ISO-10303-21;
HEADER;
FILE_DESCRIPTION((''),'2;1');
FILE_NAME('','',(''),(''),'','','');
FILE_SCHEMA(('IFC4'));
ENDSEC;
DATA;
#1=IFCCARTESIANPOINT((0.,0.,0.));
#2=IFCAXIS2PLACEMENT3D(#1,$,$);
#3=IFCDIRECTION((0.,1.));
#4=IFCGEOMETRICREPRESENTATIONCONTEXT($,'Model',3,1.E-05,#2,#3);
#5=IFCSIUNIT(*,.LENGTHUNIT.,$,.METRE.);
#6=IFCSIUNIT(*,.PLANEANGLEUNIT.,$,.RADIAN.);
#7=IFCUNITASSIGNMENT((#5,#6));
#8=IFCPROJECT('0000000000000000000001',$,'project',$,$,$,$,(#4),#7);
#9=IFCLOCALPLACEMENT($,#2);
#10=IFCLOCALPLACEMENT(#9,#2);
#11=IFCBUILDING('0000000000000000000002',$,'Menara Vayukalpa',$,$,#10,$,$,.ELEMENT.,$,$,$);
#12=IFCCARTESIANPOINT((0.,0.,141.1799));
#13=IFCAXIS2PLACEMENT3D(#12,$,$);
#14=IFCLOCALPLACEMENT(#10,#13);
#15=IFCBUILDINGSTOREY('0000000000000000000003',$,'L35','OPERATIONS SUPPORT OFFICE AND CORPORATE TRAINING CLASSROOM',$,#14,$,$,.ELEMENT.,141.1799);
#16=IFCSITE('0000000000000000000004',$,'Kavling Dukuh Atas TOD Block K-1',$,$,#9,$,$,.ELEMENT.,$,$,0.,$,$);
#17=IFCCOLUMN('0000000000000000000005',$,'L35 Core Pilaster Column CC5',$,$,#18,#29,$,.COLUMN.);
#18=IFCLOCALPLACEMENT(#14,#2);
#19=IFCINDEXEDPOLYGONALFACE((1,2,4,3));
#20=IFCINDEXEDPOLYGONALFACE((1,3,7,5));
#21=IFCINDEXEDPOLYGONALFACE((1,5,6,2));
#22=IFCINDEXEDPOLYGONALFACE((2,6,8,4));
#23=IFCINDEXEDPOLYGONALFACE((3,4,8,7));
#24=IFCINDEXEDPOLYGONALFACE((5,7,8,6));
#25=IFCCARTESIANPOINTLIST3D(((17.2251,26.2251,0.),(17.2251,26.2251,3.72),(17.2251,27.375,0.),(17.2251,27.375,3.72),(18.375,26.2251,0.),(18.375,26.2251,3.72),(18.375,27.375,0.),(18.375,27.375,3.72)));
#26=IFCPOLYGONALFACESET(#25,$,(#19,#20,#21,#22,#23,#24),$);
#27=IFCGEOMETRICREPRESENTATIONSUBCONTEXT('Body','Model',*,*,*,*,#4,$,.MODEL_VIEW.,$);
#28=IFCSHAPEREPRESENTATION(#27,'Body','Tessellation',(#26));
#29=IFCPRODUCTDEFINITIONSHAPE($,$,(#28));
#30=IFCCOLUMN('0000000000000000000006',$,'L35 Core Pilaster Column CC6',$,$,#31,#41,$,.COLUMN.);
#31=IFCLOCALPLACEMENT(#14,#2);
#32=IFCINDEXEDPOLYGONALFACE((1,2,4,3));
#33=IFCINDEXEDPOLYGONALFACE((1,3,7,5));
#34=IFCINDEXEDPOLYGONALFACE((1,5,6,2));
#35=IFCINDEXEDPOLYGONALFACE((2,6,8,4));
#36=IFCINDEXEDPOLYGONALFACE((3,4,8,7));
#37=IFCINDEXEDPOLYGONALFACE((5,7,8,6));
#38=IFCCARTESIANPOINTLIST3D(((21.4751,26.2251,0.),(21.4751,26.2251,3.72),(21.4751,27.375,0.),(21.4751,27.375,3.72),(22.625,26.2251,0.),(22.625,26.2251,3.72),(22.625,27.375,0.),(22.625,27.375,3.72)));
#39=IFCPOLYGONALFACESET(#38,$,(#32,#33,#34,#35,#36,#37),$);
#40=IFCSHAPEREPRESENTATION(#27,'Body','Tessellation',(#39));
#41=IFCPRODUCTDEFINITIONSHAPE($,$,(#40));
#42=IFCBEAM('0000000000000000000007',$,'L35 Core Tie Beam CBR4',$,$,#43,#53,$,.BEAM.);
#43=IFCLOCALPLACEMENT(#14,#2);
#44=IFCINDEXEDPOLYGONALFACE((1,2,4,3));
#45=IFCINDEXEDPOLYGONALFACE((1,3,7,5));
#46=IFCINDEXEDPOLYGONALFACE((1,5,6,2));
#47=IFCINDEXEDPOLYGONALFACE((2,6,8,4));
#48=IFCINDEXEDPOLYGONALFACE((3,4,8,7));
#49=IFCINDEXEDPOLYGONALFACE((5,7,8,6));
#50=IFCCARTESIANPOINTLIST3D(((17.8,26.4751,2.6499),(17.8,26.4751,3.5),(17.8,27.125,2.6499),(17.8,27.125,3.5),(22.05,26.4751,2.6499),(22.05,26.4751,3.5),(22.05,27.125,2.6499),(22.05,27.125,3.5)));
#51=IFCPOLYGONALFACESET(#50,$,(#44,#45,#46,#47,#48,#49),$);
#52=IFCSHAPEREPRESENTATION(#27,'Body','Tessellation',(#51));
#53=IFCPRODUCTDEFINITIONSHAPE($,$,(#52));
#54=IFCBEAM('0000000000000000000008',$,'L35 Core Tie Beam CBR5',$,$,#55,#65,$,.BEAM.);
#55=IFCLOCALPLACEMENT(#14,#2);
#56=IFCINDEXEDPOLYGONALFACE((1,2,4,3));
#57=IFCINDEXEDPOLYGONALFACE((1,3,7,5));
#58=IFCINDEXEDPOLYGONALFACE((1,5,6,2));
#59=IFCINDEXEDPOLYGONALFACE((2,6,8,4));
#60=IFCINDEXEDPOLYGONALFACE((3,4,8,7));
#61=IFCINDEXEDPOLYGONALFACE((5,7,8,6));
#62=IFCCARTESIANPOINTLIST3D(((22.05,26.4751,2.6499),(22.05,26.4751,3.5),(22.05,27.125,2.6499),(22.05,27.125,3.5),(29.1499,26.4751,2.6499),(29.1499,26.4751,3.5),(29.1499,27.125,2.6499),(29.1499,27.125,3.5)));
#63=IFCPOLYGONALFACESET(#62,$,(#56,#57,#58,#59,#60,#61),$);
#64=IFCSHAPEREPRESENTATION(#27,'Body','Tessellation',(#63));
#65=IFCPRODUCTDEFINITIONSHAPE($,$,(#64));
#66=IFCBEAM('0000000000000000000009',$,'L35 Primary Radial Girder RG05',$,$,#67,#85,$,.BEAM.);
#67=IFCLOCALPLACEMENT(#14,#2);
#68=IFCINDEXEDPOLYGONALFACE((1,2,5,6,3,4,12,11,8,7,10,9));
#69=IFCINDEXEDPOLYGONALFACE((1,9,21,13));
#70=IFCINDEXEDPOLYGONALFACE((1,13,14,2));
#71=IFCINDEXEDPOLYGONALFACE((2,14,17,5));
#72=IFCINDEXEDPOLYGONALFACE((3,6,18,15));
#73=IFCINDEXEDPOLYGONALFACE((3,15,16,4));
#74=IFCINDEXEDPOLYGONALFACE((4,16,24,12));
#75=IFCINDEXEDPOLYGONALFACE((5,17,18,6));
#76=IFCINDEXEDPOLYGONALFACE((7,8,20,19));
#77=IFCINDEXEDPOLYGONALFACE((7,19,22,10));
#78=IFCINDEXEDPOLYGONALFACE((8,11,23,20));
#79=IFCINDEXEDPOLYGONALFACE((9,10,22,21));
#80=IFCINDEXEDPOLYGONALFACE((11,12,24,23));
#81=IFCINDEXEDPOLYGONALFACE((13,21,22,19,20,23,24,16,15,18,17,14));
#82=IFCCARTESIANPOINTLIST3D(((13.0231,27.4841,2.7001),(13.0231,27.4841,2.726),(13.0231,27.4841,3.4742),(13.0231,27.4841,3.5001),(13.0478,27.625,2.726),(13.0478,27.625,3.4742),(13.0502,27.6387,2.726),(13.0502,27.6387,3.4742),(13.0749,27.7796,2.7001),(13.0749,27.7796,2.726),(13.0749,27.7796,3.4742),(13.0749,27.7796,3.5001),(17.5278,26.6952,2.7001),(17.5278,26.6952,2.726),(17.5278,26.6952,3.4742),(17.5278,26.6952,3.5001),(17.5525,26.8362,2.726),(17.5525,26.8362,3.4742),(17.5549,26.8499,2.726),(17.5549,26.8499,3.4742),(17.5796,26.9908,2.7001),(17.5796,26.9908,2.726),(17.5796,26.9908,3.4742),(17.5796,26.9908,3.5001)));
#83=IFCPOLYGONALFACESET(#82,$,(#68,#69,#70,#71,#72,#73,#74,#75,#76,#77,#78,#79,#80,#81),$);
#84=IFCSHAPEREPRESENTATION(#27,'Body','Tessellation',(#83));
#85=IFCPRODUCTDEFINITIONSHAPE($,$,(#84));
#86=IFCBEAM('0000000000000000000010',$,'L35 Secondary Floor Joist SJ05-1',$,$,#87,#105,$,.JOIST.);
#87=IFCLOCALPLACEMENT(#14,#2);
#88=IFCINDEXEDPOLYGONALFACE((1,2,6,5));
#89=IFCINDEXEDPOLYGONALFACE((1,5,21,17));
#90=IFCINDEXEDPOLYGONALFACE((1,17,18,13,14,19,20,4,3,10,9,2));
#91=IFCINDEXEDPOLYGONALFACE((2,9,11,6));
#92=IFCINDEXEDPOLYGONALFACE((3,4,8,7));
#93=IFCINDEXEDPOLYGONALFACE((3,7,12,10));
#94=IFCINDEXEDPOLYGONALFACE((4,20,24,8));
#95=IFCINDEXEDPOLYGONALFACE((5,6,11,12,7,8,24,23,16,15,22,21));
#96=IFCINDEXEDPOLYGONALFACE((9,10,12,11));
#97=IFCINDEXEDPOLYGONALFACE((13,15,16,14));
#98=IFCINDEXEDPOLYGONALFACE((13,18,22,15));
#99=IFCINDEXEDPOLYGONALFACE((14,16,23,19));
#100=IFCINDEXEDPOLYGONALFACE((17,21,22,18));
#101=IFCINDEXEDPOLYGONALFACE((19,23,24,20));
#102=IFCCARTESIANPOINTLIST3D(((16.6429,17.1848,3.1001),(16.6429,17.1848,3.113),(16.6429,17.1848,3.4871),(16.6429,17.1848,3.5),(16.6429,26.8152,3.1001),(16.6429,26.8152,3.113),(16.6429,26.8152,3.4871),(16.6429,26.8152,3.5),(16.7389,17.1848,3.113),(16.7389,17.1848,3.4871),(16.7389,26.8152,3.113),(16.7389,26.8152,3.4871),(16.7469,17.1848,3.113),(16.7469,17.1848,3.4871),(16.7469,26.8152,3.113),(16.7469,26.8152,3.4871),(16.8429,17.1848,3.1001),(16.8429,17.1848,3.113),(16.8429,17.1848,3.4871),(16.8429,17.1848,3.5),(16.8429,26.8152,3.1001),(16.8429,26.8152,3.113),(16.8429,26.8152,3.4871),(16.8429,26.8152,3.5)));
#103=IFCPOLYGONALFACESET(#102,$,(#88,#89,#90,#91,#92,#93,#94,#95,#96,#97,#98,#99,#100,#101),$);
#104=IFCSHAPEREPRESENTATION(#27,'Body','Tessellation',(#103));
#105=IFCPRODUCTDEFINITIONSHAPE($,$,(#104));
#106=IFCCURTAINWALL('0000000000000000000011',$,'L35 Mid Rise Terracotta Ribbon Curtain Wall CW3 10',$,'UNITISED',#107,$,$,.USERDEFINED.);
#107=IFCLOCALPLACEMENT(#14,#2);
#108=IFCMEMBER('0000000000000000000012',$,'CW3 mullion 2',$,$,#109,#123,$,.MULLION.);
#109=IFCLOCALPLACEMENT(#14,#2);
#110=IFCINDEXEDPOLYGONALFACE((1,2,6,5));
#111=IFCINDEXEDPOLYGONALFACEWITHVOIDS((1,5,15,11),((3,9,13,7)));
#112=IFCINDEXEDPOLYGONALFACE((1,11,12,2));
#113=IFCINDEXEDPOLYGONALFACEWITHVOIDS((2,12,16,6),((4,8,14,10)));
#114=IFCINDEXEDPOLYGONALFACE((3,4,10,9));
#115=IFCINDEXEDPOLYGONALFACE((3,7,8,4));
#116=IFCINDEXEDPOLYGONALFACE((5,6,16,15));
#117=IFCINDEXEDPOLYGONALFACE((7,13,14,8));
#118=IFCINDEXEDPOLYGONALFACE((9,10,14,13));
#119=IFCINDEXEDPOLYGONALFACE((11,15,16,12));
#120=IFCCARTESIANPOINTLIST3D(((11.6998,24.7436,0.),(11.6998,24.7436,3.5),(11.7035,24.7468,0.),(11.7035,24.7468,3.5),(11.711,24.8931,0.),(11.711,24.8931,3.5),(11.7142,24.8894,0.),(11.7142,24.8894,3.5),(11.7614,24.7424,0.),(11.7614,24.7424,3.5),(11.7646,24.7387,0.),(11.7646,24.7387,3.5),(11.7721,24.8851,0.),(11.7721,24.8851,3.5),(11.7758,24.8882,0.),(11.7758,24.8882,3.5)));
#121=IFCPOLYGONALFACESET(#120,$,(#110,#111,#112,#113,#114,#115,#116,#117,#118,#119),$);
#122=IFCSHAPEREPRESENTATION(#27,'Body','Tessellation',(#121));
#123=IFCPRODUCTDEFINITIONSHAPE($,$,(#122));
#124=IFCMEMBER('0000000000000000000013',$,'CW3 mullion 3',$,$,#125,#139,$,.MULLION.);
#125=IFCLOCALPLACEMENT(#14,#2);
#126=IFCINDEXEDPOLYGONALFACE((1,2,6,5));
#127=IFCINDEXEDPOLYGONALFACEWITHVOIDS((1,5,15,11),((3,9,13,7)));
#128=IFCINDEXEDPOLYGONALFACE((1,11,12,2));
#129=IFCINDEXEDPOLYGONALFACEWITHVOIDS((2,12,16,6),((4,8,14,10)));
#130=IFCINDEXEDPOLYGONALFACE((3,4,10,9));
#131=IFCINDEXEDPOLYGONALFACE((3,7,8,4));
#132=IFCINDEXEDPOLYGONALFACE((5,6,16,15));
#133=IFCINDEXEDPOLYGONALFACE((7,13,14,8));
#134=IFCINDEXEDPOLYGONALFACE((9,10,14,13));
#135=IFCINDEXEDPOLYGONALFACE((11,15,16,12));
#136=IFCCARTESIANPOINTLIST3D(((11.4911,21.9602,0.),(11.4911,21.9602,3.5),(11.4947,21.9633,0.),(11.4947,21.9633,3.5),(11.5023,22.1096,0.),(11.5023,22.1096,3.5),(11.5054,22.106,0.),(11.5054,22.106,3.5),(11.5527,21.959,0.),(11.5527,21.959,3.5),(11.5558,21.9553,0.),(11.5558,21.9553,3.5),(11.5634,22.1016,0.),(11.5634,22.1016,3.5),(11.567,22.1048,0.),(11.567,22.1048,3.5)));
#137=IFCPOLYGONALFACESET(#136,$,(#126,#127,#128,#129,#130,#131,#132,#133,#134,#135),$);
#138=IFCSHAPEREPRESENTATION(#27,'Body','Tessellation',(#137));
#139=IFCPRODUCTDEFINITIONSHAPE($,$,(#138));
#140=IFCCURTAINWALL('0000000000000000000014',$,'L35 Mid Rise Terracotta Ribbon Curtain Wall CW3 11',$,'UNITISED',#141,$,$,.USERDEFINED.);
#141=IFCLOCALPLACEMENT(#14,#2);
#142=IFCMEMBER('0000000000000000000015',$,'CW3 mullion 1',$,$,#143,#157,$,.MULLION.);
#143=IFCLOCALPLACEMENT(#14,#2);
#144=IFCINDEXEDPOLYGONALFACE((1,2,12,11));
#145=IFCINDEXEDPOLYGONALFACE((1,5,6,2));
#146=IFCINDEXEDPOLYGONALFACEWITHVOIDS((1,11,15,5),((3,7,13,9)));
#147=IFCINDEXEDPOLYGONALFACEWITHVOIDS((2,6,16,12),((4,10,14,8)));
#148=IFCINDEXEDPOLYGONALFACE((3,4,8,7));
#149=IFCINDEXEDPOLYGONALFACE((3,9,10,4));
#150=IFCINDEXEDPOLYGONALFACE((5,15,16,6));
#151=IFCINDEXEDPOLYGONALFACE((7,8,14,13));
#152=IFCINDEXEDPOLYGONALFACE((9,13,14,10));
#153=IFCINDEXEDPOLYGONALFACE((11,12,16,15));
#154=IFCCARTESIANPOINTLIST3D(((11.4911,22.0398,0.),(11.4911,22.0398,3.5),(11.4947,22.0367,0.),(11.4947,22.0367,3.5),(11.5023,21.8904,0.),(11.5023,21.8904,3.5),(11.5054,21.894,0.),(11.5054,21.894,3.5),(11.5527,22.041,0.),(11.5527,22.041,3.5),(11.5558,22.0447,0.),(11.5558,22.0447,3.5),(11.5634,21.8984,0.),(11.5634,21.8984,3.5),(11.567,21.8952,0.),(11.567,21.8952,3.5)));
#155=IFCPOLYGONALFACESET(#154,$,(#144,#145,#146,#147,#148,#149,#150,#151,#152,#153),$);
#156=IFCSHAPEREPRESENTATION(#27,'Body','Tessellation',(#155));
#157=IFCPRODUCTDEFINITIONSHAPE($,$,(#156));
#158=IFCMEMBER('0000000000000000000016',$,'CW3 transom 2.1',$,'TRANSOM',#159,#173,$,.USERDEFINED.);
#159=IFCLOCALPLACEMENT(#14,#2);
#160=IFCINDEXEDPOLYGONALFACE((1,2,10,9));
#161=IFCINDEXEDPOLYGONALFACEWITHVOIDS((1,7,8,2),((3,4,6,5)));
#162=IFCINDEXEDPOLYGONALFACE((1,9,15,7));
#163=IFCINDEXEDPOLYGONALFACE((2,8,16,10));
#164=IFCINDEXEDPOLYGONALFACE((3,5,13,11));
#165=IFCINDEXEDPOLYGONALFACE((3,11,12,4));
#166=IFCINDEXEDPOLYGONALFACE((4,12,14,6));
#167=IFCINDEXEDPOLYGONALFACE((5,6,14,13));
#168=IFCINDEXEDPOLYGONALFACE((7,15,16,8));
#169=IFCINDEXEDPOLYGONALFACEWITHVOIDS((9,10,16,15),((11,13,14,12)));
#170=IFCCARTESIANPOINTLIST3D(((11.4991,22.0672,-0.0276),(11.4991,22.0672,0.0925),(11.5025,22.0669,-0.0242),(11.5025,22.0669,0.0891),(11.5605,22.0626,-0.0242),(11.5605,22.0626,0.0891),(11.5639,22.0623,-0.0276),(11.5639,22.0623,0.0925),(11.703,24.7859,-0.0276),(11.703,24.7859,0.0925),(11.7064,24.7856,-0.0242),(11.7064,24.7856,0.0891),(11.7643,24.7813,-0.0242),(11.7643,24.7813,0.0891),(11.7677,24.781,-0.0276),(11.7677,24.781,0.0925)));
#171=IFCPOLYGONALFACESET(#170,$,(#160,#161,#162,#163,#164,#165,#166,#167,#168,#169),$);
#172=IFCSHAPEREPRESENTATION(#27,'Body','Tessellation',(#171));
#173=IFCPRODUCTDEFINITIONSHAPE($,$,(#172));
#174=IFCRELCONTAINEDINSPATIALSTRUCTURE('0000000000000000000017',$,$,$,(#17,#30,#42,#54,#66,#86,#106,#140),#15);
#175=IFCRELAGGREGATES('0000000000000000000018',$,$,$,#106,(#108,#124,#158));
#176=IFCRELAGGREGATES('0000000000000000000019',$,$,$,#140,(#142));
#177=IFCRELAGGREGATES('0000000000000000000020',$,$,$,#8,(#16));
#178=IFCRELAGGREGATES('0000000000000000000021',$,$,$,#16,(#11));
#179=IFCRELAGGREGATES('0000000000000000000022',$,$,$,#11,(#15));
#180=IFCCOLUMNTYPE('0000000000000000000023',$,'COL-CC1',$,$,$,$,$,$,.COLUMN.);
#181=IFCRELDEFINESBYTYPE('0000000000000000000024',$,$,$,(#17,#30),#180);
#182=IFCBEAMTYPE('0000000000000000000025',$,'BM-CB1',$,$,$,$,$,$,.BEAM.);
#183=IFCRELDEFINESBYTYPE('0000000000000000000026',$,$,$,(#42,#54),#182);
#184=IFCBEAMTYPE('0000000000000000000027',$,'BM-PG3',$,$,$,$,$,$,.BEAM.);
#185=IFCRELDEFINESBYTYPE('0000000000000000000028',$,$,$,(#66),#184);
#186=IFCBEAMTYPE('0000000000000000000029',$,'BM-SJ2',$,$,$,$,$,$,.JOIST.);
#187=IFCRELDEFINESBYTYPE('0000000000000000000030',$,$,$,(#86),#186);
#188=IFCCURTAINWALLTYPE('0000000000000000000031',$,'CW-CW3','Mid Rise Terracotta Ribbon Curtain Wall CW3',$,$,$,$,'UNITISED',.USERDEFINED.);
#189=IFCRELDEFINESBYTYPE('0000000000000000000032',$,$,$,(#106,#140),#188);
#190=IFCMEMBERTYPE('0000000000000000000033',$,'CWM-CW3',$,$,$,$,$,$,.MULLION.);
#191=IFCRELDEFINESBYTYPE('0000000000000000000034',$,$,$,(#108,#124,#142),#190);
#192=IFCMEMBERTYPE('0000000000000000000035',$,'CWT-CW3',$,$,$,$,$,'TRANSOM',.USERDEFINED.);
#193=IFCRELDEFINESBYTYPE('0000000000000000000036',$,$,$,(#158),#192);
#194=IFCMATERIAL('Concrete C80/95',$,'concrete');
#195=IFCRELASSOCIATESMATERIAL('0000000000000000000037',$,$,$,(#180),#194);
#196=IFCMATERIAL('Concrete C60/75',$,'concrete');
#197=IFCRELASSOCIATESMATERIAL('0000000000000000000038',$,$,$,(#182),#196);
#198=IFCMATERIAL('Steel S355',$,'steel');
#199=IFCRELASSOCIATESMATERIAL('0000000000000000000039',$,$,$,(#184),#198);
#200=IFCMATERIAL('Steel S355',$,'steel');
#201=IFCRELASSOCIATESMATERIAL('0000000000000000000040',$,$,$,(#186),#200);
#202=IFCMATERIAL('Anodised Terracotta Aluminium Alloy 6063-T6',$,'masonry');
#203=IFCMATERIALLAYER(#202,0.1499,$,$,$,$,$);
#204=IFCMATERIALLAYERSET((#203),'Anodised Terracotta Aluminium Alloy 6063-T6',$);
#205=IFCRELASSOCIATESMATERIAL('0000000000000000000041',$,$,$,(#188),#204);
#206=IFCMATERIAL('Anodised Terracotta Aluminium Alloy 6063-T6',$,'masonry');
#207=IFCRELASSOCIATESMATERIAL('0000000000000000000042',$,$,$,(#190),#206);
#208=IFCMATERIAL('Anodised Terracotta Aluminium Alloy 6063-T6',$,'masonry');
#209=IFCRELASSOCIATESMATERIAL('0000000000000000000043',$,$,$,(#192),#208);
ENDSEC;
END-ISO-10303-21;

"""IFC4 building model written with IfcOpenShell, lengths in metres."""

from ifc_helpers import new_model, si_unit, direction, frame, origin, origin_2d, place, context, subcontext, project, spatial, rectangle, hollow_rectangle, i_section, extrude, material, layer, layer_set, material_profile, profile_set, type_object, element, aggregate, save


model = new_model("IFC4")

# Units and contexts
model_context = context("Model", 3, precision=1e-05, world=origin(), true_north=direction((0.0, 1.0)))
body_context = subcontext(model_context, "Body", "Model", "MODEL_VIEW")
ifc_project = project(units=[si_unit("LENGTHUNIT", "METRE"), si_unit("PLANEANGLEUNIT", "RADIAN")], contexts=[model_context])

# Site, building, storey
site_placement = place(None, origin())
site = spatial("IfcSite", under=ifc_project, at=site_placement, Name="Kavling Dukuh Atas TOD Block K-1", CompositionType="ELEMENT", RefElevation=0.0)
building_placement = place(site_placement, origin())
building = spatial("IfcBuilding", under=site, at=building_placement, Name="Menara Vayukalpa", CompositionType="ELEMENT")
storey_placement = place(building_placement, frame((0.0, 0.0, 141.1799)))
storey = spatial("IfcBuildingStorey", under=building, at=storey_placement, Name="L35", Description="OPERATIONS SUPPORT OFFICE AND CORPORATE TRAINING CLASSROOM", CompositionType="ELEMENT", Elevation=141.1799)

# Columns
ifc_material_1 = material(Name="Concrete C80/95", Category="concrete")
ifc_material_profile_1 = material_profile(ifc_material_1, rectangle(XDim=1.1499, YDim=1.1499, at=origin_2d()), Name="RC 1150x1150")
ifc_profile_set_1 = profile_set([ifc_material_profile_1], Name="Concrete C80/95")
column_type = type_object("IfcColumnType", Name="COL-CC1", PredefinedType="COLUMN", material=ifc_profile_set_1)
for number, where, z_axis, x_axis, name in (
    (1, (17.8, 26.8, 0.0), (0.0, 0.0, 1.0), (1.0, 0.0, 0.0), "L35 Core Pilaster Column CC5"),
    (2, (22.05, 26.8, 0.0), (0.0, 0.0, 1.0), (1.0, 0.0, 0.0), "L35 Core Pilaster Column CC6"),
):
    element("IfcColumn", number, at=place(storey_placement, frame(where, z_axis=z_axis, x_axis=x_axis)), inside=storey, type_object=column_type, Name=name, PredefinedType="COLUMN", context=body_context, shape_type="SweptSolid", body=[
        extrude(rectangle(XDim=1.1499, YDim=1.1499, at=origin_2d()), origin(), (0.0, 0.0, 1.0), 3.72),
    ])

# Beams
ifc_material_2 = material(Name="Concrete C60/75", Category="concrete")
ifc_material_profile_2 = material_profile(ifc_material_2, rectangle(XDim=0.6499, YDim=0.8501, at=origin_2d()), Name="RC 650x850")
ifc_profile_set_2 = profile_set([ifc_material_profile_2], Name="Concrete C60/75")
beam_type_1 = type_object("IfcBeamType", Name="BM-CB1", PredefinedType="BEAM", material=ifc_profile_set_2)
beam_1_placement = place(storey_placement, frame((17.8, 26.8, 3.075), z_axis=(1.0, 0.0, 0.0), x_axis=(0.0, 1.0, 0.0)))
element("IfcBeam", 3, at=beam_1_placement, inside=storey, type_object=beam_type_1, Name="L35 Core Tie Beam CBR4", PredefinedType="BEAM", context=body_context, shape_type="SweptSolid", body=[
    extrude(rectangle(XDim=0.6499, YDim=0.8501, at=origin_2d()), origin(), (0.0, 0.0, 1.0), 4.25),
])
beam_2_placement = place(storey_placement, frame((22.05, 26.8, 3.075), z_axis=(1.0, 0.0, 0.0), x_axis=(0.0, 1.0, 0.0)))
element("IfcBeam", 4, at=beam_2_placement, inside=storey, type_object=beam_type_1, Name="L35 Core Tie Beam CBR5", PredefinedType="BEAM", context=body_context, shape_type="SweptSolid", body=[
    extrude(rectangle(XDim=0.6499, YDim=0.8501, at=origin_2d()), origin(), (0.0, 0.0, 1.0), 7.0999),
])
ifc_material_3 = material(Name="Steel S355", Category="steel")
ifc_material_profile_3 = material_profile(ifc_material_3, i_section(OverallWidth=0.3, OverallDepth=0.8, WebThickness=0.0139, FlangeThickness=0.0259, at=origin_2d()), Name="WF 800x300x14x26")
ifc_profile_set_3 = profile_set([ifc_material_profile_3], Name="Steel S355")
beam_type_2 = type_object("IfcBeamType", Name="BM-PG3", PredefinedType="BEAM", material=ifc_profile_set_3)
beam_3_placement = place(storey_placement, frame((17.5537, 26.843, 3.1001), z_axis=(-0.985012, 0.172488, 0.0), x_axis=(-0.172488, -0.985012, 0.0)))
element("IfcBeam", 5, at=beam_3_placement, inside=storey, type_object=beam_type_2, Name="L35 Primary Radial Girder RG05", PredefinedType="BEAM", context=body_context, shape_type="SweptSolid", body=[
    extrude(i_section(OverallWidth=0.3, OverallDepth=0.8, WebThickness=0.0139, FlangeThickness=0.0259, at=origin_2d()), origin(), (0.0, 0.0, 1.0), 4.5732),
])
ifc_material_4 = material(Name="Steel S355", Category="steel")
ifc_material_profile_4 = material_profile(ifc_material_4, i_section(OverallWidth=0.2, OverallDepth=0.3999, WebThickness=0.0081, FlangeThickness=0.0129, at=origin_2d()), Name="WF 400x200x8x13")
ifc_profile_set_4 = profile_set([ifc_material_profile_4], Name="Steel S355")
beam_type_3 = type_object("IfcBeamType", Name="BM-SJ2", PredefinedType="JOIST", material=ifc_profile_set_4)
beam_4_placement = place(storey_placement, frame((16.7429, 26.8152, 3.3), z_axis=(0.0, -1.0, 0.0), x_axis=(1.0, 0.0, 0.0)))
element("IfcBeam", 6, at=beam_4_placement, inside=storey, type_object=beam_type_3, Name="L35 Secondary Floor Joist SJ05-1", PredefinedType="JOIST", context=body_context, shape_type="SweptSolid", body=[
    extrude(i_section(OverallWidth=0.2, OverallDepth=0.3999, WebThickness=0.0081, FlangeThickness=0.0129, at=origin_2d()), origin(), (0.0, 0.0, 1.0), 9.6304),
])

# Curtain wall, members
ifc_material_5 = material(Name="Anodised Terracotta Aluminium Alloy 6063-T6", Category="masonry")
ifc_layer_1 = layer(ifc_material_5, 0.1499)
ifc_layer_set_1 = layer_set([ifc_layer_1], Name="Anodised Terracotta Aluminium Alloy 6063-T6")
curtain_wall_type = type_object("IfcCurtainWallType", Name="CW-CW3", Description="Mid Rise Terracotta Ribbon Curtain Wall CW3", ElementType="UNITISED", PredefinedType="USERDEFINED", material=ifc_layer_set_1)
curtain_wall_1_placement = place(storey_placement, origin())
curtain_wall_1 = element("IfcCurtainWall", 7, at=curtain_wall_1_placement, inside=storey, type_object=curtain_wall_type, Name="L35 Mid Rise Terracotta Ribbon Curtain Wall CW3 10", ObjectType="UNITISED", PredefinedType="USERDEFINED")
ifc_material_6 = material(Name="Anodised Terracotta Aluminium Alloy 6063-T6", Category="masonry")
ifc_material_profile_5 = material_profile(ifc_material_6, hollow_rectangle(XDim=0.0649, YDim=0.1499, WallThickness=0.0034, at=origin_2d()), Name="ALU 65x150x3.5")
ifc_profile_set_5 = profile_set([ifc_material_profile_5], Name="Anodised Terracotta Aluminium Alloy 6063-T6")
member_type_1 = type_object("IfcMemberType", Name="CWM-CW3", PredefinedType="MULLION", material=ifc_profile_set_5)
member_1_placement = place(storey_placement, frame((11.7378, 24.8159, 0.0), z_axis=(0.0, 0.0, 1.0), x_axis=(0.997199, -0.074793, 0.0)))
member_1 = element("IfcMember", 8, at=member_1_placement, type_object=member_type_1, Name="CW3 mullion 2", PredefinedType="MULLION", context=body_context, shape_type="SweptSolid", body=[
    extrude(hollow_rectangle(XDim=0.0649, YDim=0.1499, WallThickness=0.0034, at=origin_2d()), origin(), (0.0, 0.0, 1.0), 3.5),
])
member_2_placement = place(storey_placement, frame((11.5291, 22.0325, 0.0), z_axis=(0.0, 0.0, 1.0), x_axis=(0.997199, -0.074793, 0.0)))
member_2 = element("IfcMember", 9, at=member_2_placement, type_object=member_type_1, Name="CW3 mullion 3", PredefinedType="MULLION", context=body_context, shape_type="SweptSolid", body=[
    extrude(hollow_rectangle(XDim=0.0649, YDim=0.1499, WallThickness=0.0034, at=origin_2d()), origin(), (0.0, 0.0, 1.0), 3.5),
])

# Curtain wall, member
curtain_wall_2_placement = place(storey_placement, origin())
curtain_wall_2 = element("IfcCurtainWall", 10, at=curtain_wall_2_placement, inside=storey, type_object=curtain_wall_type, Name="L35 Mid Rise Terracotta Ribbon Curtain Wall CW3 11", ObjectType="UNITISED", PredefinedType="USERDEFINED")
member_3_placement = place(storey_placement, frame((11.5291, 21.9675, 0.0), z_axis=(0.0, 0.0, 1.0), x_axis=(0.997199, 0.074793, 0.0)))
member_3 = element("IfcMember", 11, at=member_3_placement, type_object=member_type_1, Name="CW3 mullion 1", PredefinedType="MULLION", context=body_context, shape_type="SweptSolid", body=[
    extrude(hollow_rectangle(XDim=0.0649, YDim=0.1499, WallThickness=0.0034, at=origin_2d()), origin(), (0.0, 0.0, 1.0), 3.5),
])

# Member
ifc_material_7 = material(Name="Anodised Terracotta Aluminium Alloy 6063-T6", Category="masonry")
ifc_material_profile_6 = material_profile(ifc_material_7, hollow_rectangle(XDim=0.0649, YDim=0.1201, WallThickness=0.0034, at=origin_2d()), Name="ALU 65x120x3.5")
ifc_profile_set_6 = profile_set([ifc_material_profile_6], Name="Anodised Terracotta Aluminium Alloy 6063-T6")
member_type_2 = type_object("IfcMemberType", Name="CWT-CW3", ElementType="TRANSOM", PredefinedType="USERDEFINED", material=ifc_profile_set_6)
member_4_placement = place(storey_placement, frame((11.7354, 24.7834, 0.0325), z_axis=(-0.074772, -0.997201, 0.0), x_axis=(0.997201, -0.074772, 0.0)))
member_4 = element("IfcMember", 12, at=member_4_placement, type_object=member_type_2, Name="CW3 transom 2.1", ObjectType="TRANSOM", PredefinedType="USERDEFINED", context=body_context, shape_type="SweptSolid", body=[
    extrude(hollow_rectangle(XDim=0.0649, YDim=0.1201, WallThickness=0.0034, at=origin_2d()), origin(), (0.0, 0.0, 1.0), 2.7263),
])

aggregate(curtain_wall_1, [member_1, member_2, member_4])
aggregate(curtain_wall_2, [member_3])

save(model, "model.ifc")
